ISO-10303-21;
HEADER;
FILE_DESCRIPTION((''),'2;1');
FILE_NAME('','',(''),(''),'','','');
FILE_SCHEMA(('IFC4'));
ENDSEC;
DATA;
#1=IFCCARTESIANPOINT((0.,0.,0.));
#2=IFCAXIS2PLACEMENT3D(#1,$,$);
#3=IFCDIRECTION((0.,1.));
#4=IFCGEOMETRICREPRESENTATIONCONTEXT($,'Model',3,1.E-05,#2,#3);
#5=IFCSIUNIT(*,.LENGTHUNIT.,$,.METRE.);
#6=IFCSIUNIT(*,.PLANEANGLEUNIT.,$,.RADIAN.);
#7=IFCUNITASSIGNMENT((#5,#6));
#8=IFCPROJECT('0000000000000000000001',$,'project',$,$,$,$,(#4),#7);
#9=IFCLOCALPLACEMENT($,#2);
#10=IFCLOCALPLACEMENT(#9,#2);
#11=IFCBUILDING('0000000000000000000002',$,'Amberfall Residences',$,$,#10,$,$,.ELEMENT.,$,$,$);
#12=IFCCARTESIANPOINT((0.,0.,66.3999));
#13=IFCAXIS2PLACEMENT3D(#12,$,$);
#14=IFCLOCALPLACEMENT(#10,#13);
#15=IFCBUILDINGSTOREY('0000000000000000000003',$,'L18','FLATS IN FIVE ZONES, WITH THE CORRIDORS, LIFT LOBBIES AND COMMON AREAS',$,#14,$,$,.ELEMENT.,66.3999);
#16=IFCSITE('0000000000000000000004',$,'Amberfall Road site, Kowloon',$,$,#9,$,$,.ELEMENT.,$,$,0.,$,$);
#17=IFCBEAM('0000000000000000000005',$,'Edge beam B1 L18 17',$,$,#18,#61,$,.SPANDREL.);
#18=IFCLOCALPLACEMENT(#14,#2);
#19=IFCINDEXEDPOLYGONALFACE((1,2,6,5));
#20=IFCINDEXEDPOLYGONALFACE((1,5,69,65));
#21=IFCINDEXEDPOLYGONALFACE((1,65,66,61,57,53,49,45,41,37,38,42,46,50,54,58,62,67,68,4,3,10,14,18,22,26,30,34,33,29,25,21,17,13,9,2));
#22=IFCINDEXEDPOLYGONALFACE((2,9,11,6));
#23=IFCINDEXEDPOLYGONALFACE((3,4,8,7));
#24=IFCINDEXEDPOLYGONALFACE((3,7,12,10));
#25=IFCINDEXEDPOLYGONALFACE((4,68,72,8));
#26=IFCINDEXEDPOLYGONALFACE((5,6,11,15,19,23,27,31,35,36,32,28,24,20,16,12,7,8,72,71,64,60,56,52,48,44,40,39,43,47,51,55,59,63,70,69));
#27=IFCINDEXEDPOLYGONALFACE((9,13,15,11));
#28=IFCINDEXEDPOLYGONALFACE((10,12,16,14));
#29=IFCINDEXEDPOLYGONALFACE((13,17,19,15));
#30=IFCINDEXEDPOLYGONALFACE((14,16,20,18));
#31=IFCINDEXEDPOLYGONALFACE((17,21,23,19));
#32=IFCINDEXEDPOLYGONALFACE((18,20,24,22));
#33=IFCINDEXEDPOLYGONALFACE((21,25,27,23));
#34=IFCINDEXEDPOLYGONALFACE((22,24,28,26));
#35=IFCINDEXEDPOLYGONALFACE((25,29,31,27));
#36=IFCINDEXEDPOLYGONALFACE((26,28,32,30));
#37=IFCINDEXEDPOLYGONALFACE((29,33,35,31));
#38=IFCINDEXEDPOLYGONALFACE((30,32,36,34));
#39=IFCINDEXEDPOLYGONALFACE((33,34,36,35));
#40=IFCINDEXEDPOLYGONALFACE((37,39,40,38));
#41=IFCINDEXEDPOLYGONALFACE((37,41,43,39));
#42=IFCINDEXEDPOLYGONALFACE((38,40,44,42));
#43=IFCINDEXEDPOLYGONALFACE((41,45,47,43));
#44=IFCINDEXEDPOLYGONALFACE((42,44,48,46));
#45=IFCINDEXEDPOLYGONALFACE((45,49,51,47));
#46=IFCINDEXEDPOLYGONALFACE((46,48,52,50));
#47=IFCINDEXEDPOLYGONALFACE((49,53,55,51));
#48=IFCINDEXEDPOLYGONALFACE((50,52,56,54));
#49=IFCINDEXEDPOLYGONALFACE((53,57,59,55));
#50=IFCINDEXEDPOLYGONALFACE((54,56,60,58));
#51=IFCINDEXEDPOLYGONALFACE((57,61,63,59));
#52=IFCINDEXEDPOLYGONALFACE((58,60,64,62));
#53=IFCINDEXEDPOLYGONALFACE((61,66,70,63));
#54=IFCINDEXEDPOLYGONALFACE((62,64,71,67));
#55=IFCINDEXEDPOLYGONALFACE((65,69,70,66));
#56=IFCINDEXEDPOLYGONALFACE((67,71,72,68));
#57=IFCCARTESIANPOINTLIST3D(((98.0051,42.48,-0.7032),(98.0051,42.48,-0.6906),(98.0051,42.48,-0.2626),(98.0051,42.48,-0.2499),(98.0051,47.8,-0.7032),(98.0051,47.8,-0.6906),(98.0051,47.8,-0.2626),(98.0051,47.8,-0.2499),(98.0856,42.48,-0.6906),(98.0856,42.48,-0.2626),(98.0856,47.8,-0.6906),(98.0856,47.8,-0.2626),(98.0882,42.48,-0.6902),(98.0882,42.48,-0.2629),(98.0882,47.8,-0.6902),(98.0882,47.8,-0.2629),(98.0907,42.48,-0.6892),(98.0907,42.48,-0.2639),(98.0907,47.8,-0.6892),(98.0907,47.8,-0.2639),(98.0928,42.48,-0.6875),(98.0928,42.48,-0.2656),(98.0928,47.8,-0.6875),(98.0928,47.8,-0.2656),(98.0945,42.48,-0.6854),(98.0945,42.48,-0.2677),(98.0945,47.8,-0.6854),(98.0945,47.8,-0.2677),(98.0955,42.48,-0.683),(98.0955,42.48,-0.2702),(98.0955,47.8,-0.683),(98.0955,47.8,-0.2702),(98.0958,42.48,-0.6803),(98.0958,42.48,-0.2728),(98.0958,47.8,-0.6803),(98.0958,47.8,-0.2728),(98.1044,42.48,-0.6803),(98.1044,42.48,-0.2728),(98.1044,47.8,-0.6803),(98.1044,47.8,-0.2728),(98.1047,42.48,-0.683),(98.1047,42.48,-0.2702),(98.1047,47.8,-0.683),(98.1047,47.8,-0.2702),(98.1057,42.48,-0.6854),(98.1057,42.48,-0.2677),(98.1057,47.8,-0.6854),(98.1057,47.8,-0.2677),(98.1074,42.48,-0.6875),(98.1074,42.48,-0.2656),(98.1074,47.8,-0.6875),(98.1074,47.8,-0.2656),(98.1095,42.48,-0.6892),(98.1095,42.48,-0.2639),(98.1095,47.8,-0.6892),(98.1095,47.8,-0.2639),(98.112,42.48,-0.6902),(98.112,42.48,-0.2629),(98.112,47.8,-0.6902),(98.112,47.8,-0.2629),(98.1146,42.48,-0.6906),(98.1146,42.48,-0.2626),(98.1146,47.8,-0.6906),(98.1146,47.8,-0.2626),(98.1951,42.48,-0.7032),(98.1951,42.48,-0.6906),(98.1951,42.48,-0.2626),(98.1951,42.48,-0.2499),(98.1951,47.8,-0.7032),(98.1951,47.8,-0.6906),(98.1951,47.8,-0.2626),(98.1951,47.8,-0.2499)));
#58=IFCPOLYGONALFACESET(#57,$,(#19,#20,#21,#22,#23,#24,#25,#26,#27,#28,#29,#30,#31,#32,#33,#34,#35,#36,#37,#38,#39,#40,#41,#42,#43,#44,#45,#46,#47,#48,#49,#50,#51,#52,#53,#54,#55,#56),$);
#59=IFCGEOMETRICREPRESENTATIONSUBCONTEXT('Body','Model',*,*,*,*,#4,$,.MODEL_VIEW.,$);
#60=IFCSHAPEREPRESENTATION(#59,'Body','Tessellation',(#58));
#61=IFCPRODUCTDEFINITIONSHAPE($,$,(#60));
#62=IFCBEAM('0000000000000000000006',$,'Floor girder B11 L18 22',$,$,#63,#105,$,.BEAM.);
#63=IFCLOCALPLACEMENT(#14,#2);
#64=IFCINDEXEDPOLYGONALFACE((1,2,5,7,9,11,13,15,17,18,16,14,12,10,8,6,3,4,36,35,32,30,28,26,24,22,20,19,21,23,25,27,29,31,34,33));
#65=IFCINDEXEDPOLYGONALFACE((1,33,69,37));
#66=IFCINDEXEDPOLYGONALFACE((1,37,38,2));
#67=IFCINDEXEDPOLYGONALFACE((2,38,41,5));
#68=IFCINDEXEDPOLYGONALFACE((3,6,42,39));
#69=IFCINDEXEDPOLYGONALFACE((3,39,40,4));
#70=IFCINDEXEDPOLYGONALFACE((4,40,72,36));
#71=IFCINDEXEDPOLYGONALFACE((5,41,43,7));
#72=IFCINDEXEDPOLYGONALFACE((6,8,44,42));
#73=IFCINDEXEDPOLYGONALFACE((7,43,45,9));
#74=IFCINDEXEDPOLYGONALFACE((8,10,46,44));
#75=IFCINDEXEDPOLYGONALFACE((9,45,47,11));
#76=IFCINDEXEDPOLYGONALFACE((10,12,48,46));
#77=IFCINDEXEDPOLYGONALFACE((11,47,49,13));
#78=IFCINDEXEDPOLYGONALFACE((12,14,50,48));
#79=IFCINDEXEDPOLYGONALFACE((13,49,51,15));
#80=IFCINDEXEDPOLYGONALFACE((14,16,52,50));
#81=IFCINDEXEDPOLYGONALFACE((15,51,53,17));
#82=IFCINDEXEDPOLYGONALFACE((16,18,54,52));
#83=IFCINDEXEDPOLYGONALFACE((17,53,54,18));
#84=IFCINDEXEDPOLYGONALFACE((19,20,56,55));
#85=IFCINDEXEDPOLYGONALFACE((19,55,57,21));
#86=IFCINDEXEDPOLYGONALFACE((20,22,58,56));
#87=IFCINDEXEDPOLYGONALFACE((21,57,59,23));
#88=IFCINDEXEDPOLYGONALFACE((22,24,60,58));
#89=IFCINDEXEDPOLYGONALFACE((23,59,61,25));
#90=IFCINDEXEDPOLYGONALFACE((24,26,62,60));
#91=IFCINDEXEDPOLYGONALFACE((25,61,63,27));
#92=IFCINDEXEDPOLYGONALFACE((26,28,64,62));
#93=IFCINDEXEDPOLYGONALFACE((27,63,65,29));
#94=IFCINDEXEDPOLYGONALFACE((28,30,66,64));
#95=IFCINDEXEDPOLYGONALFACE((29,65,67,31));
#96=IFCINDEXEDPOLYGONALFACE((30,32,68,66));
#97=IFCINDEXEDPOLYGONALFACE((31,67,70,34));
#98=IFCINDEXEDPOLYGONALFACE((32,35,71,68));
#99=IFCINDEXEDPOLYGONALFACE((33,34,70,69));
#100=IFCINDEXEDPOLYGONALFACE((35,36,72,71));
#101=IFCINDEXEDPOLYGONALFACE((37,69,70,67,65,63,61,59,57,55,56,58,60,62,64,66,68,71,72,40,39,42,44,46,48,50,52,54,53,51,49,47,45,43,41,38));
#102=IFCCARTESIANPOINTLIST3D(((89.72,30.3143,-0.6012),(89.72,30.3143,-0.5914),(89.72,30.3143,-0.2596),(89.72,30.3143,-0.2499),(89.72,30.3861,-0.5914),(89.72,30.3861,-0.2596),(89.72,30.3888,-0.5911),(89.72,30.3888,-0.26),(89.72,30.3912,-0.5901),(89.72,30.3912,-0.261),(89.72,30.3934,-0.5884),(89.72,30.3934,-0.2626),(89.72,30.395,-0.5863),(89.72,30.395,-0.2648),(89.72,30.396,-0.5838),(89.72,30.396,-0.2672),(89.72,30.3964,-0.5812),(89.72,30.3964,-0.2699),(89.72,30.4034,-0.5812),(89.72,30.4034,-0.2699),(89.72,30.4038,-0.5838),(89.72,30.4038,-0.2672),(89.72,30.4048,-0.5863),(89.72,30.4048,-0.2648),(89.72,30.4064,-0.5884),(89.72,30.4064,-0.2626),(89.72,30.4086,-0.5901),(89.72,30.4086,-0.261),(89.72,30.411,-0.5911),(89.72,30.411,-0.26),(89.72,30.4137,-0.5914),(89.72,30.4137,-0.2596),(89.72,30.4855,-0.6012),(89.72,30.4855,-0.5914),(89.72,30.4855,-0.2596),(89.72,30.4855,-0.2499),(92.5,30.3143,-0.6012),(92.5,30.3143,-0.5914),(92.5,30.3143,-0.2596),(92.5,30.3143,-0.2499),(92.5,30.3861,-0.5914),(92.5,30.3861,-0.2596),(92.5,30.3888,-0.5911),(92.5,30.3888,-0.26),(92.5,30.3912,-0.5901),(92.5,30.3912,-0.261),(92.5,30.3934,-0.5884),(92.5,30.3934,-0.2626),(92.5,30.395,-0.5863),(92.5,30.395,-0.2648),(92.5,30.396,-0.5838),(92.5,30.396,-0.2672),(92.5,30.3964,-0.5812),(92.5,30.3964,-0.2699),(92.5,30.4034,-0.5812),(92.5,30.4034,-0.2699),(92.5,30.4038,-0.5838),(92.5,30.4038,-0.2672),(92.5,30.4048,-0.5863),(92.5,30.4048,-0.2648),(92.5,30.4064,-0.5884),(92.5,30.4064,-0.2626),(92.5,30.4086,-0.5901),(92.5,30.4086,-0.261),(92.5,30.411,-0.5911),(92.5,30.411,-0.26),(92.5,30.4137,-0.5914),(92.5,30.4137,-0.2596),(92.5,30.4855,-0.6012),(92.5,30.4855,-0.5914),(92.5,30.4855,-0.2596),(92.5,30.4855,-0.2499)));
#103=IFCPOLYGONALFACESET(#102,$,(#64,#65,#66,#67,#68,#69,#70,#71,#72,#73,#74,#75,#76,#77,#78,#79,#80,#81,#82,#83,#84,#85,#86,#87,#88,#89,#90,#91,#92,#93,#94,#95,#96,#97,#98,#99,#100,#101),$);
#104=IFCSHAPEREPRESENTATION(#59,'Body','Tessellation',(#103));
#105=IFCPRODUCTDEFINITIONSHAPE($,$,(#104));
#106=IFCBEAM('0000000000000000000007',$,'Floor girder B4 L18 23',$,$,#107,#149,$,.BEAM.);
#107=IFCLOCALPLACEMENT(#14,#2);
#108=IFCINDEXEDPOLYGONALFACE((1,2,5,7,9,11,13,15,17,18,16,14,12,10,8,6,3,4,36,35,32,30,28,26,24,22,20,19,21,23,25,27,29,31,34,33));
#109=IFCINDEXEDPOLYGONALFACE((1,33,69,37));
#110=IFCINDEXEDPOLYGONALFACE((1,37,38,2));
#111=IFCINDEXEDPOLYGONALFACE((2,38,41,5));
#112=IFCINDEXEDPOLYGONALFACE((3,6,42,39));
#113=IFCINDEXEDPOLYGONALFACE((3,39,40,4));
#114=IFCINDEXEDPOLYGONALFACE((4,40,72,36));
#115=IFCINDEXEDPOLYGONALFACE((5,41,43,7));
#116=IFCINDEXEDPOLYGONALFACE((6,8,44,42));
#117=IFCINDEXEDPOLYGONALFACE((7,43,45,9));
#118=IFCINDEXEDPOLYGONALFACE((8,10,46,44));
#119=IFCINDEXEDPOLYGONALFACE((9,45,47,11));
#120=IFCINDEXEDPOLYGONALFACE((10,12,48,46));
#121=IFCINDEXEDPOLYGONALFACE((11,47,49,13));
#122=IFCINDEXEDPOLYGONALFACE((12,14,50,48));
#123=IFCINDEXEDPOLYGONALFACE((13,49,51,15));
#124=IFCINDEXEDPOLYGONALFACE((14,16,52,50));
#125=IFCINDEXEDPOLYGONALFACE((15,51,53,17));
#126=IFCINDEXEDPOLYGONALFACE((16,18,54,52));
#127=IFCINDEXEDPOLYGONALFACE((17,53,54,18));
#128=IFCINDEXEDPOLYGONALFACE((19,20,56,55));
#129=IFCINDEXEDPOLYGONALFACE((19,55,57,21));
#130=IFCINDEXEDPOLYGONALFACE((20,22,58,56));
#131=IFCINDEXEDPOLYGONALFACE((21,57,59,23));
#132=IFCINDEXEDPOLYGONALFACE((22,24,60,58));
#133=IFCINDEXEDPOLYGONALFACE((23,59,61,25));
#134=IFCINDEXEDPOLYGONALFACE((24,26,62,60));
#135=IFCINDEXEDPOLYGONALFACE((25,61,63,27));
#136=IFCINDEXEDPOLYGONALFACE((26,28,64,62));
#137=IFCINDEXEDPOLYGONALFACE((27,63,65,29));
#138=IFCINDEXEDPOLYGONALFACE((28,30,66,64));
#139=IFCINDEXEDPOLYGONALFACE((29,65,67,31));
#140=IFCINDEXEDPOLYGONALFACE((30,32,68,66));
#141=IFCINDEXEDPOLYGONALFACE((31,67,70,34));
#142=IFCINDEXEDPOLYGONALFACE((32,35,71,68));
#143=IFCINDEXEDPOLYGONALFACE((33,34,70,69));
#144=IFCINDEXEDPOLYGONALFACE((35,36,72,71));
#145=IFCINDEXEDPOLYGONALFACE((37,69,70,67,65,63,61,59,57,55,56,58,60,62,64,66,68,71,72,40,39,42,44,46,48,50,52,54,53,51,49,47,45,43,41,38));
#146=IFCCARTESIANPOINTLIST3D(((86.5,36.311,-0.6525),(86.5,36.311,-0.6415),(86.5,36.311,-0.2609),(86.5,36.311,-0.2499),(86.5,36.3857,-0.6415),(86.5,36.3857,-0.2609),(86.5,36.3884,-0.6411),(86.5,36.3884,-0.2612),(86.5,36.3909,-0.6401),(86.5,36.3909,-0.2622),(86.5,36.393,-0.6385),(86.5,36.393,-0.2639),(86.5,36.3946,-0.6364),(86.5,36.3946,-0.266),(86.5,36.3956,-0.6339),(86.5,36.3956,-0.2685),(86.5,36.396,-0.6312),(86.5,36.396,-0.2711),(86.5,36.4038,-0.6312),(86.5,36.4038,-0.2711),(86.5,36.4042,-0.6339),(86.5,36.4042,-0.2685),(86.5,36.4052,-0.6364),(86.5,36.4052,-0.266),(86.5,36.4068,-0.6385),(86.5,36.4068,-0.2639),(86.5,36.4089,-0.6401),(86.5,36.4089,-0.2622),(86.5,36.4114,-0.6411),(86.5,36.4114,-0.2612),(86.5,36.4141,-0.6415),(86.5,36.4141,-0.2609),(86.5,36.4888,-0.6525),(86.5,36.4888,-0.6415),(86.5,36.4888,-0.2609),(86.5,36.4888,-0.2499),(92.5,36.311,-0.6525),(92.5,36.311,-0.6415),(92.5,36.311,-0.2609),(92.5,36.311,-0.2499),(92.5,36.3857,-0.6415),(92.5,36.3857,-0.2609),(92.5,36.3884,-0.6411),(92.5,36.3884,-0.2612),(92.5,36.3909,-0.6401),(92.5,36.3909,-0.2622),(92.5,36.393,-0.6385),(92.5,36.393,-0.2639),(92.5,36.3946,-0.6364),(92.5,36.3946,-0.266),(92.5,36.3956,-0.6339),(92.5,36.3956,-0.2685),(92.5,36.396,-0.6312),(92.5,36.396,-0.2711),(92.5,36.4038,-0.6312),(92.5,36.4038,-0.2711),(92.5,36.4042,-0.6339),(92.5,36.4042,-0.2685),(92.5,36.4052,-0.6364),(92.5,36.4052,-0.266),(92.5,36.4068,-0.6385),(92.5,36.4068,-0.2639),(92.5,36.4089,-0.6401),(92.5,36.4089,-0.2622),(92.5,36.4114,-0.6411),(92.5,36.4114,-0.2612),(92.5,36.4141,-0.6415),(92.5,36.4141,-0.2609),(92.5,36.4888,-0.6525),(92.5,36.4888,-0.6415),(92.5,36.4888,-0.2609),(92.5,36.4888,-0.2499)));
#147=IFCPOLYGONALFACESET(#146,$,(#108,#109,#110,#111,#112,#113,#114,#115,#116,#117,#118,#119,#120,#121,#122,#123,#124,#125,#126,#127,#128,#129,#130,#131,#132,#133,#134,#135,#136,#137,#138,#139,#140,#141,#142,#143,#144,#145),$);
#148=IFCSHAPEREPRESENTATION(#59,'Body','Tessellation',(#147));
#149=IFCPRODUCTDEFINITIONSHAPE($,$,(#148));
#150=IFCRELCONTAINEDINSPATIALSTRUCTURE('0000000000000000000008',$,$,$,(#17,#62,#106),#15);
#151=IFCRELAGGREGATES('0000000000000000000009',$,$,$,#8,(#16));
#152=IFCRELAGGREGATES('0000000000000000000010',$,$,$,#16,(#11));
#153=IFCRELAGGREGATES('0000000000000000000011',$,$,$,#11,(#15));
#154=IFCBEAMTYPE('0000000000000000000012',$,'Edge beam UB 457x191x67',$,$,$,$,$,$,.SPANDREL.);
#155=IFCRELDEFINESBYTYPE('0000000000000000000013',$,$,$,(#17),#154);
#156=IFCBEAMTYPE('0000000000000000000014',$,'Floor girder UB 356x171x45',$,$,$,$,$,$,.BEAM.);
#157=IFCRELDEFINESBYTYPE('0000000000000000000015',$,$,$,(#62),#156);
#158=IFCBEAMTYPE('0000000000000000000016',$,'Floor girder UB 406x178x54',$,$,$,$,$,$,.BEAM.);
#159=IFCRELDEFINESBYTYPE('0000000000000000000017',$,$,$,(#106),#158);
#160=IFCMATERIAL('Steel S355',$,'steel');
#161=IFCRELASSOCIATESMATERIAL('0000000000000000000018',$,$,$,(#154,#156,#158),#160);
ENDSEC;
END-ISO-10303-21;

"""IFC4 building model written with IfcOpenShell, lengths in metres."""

from ifc_helpers import new_model, si_unit, direction, frame, origin, origin_2d, place, context, subcontext, project, spatial, i_section, extrude, material, material_profile, profile_set, type_object, element, save


model = new_model("IFC4")

# Units and contexts
model_context = context("Model", 3, precision=1e-05, world=origin(), true_north=direction((0.0, 1.0)))
body_context = subcontext(model_context, "Body", "Model", "MODEL_VIEW")
ifc_project = project(units=[si_unit("LENGTHUNIT", "METRE"), si_unit("PLANEANGLEUNIT", "RADIAN")], contexts=[model_context])

# Site, building, storey
site_placement = place(None, origin())
site = spatial("IfcSite", under=ifc_project, at=site_placement, Name="Amberfall Road site, Kowloon", CompositionType="ELEMENT", RefElevation=0.0)
building_placement = place(site_placement, origin())
building = spatial("IfcBuilding", under=site, at=building_placement, Name="Amberfall Residences", CompositionType="ELEMENT")
storey_placement = place(building_placement, frame((0.0, 0.0, 66.3999)))
storey = spatial("IfcBuildingStorey", under=building, at=storey_placement, Name="L18", Description="FLATS IN FIVE ZONES, WITH THE CORRIDORS, LIFT LOBBIES AND COMMON AREAS", CompositionType="ELEMENT", Elevation=66.3999)

# Beams
ifc_material_1 = material(Name="Steel S355", Category="steel")
ifc_material_profile_1 = material_profile(ifc_material_1, i_section(OverallWidth=0.1899, OverallDepth=0.4534, WebThickness=0.0085, FlangeThickness=0.0127, FilletRadius=0.0103, at=origin_2d()), Name="UB 457x191x67")
ifc_profile_set_1 = profile_set([ifc_material_profile_1], Name="Steel S355")
beam_type_1 = type_object("IfcBeamType", Name="Edge beam UB 457x191x67", PredefinedType="SPANDREL", material=ifc_profile_set_1)
beam_1_placement = place(storey_placement, frame((98.1001, 42.48, -0.4766), z_axis=(0.0, 1.0, 0.0), x_axis=(-1.0, 0.0, 0.0)))
element("IfcBeam", 1, at=beam_1_placement, inside=storey, type_object=beam_type_1, Name="Edge beam B1 L18 17", PredefinedType="SPANDREL", context=body_context, shape_type="SweptSolid", body=[
    extrude(i_section(OverallWidth=0.1899, OverallDepth=0.4534, WebThickness=0.0085, FlangeThickness=0.0127, FilletRadius=0.0103, at=origin_2d()), origin(), (0.0, 0.0, 1.0), 5.3201),
])
ifc_material_profile_2 = material_profile(ifc_material_1, i_section(OverallWidth=0.1711, OverallDepth=0.3513, WebThickness=0.0071, FlangeThickness=0.0098, FilletRadius=0.0103, at=origin_2d()), Name="UB 356x171x45")
ifc_profile_set_2 = profile_set([ifc_material_profile_2], Name="Steel S355")
beam_type_2 = type_object("IfcBeamType", Name="Floor girder UB 356x171x45", PredefinedType="BEAM", material=ifc_profile_set_2)
beam_2_placement = place(storey_placement, frame((92.5, 30.3999, -0.4255), z_axis=(-1.0, 0.0, 0.0), x_axis=(0.0, -1.0, 0.0)))
element("IfcBeam", 2, at=beam_2_placement, inside=storey, type_object=beam_type_2, Name="Floor girder B11 L18 22", PredefinedType="BEAM", context=body_context, shape_type="SweptSolid", body=[
    extrude(i_section(OverallWidth=0.1711, OverallDepth=0.3513, WebThickness=0.0071, FlangeThickness=0.0098, FilletRadius=0.0103, at=origin_2d()), origin(), (0.0, 0.0, 1.0), 2.78),
])
ifc_material_profile_3 = material_profile(ifc_material_1, i_section(OverallWidth=0.1777, OverallDepth=0.4026, WebThickness=0.0078, FlangeThickness=0.011, FilletRadius=0.0103, at=origin_2d()), Name="UB 406x178x54")
ifc_profile_set_3 = profile_set([ifc_material_profile_3], Name="Steel S355")
beam_type_3 = type_object("IfcBeamType", Name="Floor girder UB 406x178x54", PredefinedType="BEAM", material=ifc_profile_set_3)
beam_3_placement = place(storey_placement, frame((92.5, 36.3999, -0.4512), z_axis=(-1.0, 0.0, 0.0), x_axis=(0.0, -1.0, 0.0)))
element("IfcBeam", 3, at=beam_3_placement, inside=storey, type_object=beam_type_3, Name="Floor girder B4 L18 23", PredefinedType="BEAM", context=body_context, shape_type="SweptSolid", body=[
    extrude(i_section(OverallWidth=0.1777, OverallDepth=0.4026, WebThickness=0.0078, FlangeThickness=0.011, FilletRadius=0.0103, at=origin_2d()), origin(), (0.0, 0.0, 1.0), 6.0),
])

save(model, "model.ifc")
